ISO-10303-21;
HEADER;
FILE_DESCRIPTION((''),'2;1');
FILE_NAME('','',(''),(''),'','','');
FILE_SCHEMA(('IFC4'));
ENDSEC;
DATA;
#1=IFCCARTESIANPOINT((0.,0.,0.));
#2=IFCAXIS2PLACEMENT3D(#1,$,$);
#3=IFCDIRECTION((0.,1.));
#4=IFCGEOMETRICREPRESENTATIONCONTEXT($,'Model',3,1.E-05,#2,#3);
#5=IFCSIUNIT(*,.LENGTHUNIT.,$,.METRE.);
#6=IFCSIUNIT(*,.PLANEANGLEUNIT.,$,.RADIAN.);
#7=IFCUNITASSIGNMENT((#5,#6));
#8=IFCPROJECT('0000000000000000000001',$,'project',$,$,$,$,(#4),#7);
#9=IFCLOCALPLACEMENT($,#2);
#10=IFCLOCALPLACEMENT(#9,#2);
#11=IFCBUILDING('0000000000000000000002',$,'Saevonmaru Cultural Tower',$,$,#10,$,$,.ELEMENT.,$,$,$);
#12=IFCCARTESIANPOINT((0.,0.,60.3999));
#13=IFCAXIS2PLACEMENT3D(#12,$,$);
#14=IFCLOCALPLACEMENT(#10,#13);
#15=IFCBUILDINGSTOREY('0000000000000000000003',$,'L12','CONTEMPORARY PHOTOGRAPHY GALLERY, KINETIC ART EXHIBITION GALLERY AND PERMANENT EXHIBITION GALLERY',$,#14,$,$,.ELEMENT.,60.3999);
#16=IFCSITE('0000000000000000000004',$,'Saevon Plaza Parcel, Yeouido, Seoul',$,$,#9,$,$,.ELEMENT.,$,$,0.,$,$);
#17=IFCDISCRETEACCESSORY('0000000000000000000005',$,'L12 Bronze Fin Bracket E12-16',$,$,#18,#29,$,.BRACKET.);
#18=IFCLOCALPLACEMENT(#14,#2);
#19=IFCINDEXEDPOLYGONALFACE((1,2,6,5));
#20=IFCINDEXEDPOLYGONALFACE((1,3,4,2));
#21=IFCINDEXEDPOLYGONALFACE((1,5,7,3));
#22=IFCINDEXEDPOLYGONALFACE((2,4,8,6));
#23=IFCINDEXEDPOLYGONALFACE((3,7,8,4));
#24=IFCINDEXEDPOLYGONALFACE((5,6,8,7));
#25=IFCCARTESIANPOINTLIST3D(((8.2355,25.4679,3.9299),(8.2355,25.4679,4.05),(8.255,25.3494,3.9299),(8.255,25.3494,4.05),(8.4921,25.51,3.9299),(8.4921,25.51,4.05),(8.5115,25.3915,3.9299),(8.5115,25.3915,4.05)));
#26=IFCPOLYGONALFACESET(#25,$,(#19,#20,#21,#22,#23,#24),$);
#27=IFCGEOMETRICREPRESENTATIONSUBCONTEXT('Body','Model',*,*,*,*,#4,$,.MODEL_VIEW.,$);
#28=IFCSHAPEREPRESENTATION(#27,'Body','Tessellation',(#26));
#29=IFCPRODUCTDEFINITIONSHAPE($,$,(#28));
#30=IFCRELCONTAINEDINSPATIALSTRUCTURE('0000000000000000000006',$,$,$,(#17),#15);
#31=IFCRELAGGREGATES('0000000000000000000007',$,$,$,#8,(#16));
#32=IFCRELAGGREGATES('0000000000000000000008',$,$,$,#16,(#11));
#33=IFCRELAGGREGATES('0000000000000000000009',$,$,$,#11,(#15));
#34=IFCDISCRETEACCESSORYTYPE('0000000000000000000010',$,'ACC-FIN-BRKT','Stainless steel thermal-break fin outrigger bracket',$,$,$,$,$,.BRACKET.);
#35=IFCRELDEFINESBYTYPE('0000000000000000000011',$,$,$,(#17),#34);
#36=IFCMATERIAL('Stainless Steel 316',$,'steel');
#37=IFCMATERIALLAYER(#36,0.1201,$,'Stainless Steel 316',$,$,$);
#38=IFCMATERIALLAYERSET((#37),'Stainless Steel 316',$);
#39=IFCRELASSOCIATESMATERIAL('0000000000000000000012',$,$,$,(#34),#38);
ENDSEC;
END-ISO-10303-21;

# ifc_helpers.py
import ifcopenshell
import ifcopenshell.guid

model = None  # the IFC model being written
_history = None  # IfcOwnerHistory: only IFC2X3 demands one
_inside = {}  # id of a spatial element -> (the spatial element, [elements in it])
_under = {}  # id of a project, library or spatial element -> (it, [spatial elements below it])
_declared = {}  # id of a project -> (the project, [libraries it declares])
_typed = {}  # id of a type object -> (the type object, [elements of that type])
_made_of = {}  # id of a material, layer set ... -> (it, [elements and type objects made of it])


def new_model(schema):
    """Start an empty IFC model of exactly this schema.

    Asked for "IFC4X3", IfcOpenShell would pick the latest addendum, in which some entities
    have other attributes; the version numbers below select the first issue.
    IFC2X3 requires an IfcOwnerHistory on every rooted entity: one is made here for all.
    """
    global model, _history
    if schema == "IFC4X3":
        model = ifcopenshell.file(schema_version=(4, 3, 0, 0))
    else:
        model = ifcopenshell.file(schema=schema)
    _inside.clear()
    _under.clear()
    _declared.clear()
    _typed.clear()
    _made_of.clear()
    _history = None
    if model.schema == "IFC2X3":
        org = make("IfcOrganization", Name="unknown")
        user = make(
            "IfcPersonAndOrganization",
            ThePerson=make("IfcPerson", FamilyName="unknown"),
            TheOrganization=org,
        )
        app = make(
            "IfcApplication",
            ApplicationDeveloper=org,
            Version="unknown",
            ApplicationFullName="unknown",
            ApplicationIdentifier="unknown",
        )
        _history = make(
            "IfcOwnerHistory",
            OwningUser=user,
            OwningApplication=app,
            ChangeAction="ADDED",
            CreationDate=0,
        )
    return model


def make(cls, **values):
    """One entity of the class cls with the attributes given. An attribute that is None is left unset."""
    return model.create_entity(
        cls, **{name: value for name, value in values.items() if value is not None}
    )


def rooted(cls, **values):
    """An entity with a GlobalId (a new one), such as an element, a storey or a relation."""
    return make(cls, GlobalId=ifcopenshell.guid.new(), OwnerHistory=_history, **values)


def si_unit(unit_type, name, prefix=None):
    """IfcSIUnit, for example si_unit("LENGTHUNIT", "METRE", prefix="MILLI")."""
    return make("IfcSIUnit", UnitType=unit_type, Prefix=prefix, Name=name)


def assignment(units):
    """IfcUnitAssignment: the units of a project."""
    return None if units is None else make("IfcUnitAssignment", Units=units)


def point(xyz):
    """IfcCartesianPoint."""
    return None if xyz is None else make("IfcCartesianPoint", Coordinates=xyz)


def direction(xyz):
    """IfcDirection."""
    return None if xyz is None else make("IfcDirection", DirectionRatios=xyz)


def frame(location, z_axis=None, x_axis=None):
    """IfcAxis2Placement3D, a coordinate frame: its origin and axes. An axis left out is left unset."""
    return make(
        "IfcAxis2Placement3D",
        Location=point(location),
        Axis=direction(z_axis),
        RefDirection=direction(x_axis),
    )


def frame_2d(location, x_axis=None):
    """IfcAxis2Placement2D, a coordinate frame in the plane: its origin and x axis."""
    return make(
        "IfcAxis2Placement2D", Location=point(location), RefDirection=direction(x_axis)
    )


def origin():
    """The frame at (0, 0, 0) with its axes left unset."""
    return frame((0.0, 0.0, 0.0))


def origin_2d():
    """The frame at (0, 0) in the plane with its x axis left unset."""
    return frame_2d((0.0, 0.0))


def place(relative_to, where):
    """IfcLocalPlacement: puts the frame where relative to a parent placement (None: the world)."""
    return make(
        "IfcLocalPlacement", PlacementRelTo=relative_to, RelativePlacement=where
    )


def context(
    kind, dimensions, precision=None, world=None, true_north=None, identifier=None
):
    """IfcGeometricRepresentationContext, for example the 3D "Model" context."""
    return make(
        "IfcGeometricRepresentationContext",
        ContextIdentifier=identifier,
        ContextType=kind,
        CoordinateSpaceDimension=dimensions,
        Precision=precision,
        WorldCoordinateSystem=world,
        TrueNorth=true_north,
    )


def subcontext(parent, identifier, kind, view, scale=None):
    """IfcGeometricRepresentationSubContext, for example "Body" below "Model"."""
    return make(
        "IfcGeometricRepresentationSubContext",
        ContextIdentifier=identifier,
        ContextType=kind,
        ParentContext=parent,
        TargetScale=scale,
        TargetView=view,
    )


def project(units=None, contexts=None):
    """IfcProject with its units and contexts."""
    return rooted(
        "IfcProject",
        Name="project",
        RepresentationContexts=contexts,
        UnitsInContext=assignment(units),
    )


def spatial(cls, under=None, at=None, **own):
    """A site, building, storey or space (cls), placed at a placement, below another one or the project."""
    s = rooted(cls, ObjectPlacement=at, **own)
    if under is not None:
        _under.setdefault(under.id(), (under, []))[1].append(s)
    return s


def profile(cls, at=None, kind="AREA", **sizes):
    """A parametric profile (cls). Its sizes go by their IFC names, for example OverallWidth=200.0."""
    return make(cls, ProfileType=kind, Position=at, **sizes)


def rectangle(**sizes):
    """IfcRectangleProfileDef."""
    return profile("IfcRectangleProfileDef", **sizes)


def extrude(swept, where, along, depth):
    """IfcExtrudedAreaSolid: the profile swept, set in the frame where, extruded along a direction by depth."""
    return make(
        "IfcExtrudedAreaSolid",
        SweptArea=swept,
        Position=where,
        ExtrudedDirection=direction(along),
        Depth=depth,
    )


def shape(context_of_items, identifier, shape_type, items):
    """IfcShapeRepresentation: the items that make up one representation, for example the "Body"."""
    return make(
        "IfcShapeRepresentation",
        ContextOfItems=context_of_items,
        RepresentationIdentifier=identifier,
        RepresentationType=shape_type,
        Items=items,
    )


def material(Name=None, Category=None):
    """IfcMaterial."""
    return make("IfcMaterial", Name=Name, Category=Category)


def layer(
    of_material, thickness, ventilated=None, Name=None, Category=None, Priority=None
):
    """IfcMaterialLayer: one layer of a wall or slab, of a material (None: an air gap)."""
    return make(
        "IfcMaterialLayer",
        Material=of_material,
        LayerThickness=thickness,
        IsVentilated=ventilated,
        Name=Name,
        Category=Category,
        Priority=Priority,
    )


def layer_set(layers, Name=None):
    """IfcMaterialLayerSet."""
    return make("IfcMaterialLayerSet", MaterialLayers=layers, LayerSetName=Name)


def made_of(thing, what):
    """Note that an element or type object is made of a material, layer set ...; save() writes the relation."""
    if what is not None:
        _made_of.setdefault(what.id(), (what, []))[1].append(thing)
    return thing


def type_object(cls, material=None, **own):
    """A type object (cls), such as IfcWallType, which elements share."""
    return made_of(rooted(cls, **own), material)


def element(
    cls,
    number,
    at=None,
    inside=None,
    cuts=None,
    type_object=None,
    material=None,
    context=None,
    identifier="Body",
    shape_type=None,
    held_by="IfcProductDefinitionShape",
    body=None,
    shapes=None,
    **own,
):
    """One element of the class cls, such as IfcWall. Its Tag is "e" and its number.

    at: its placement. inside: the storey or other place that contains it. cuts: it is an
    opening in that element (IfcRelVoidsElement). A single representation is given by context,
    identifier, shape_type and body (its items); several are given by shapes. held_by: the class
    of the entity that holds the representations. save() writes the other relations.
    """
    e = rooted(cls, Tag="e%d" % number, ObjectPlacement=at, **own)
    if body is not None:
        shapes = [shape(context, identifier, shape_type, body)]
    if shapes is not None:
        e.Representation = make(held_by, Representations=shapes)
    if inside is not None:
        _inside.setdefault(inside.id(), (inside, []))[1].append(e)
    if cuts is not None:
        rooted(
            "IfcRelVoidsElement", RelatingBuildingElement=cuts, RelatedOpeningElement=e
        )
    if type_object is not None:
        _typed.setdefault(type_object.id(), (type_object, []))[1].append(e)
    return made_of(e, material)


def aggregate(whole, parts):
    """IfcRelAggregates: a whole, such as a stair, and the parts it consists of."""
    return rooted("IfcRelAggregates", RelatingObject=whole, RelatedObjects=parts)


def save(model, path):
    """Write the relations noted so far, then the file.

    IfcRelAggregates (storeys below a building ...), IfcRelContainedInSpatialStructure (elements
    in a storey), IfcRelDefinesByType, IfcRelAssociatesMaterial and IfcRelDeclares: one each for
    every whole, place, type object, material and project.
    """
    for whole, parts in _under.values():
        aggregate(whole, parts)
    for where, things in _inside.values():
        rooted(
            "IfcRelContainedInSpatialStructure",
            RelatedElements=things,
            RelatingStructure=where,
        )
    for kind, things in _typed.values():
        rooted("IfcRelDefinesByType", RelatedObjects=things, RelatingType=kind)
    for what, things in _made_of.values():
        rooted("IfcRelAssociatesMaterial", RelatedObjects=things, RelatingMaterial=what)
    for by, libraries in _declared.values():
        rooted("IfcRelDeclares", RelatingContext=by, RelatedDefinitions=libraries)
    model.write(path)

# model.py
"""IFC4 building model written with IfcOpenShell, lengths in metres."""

from ifc_helpers import new_model, si_unit, direction, frame, origin, origin_2d, place, context, subcontext, project, spatial, rectangle, extrude, material, layer, layer_set, type_object, element, save


model = new_model("IFC4")

# Units and contexts
model_context = context("Model", 3, precision=1e-05, world=origin(), true_north=direction((0.0, 1.0)))
body_context = subcontext(model_context, "Body", "Model", "MODEL_VIEW")
ifc_project = project(units=[si_unit("LENGTHUNIT", "METRE"), si_unit("PLANEANGLEUNIT", "RADIAN")], contexts=[model_context])

# Site, building, storey
site_placement = place(None, origin())
site = spatial("IfcSite", under=ifc_project, at=site_placement, Name="Saevon Plaza Parcel, Yeouido, Seoul", CompositionType="ELEMENT", RefElevation=0.0)
building_placement = place(site_placement, origin())
building = spatial("IfcBuilding", under=site, at=building_placement, Name="Saevonmaru Cultural Tower", CompositionType="ELEMENT")
storey_placement = place(building_placement, frame((0.0, 0.0, 60.3999)))
storey = spatial("IfcBuildingStorey", under=building, at=storey_placement, Name="L12", Description="CONTEMPORARY PHOTOGRAPHY GALLERY, KINETIC ART EXHIBITION GALLERY AND PERMANENT EXHIBITION GALLERY", CompositionType="ELEMENT", Elevation=60.3999)

# Discrete accessory
ifc_material_1 = material(Name="Stainless Steel 316", Category="steel")
ifc_layer_1 = layer(ifc_material_1, 0.1201, Name="Stainless Steel 316")
ifc_layer_set_1 = layer_set([ifc_layer_1], Name="Stainless Steel 316")
discrete_accessory_type = type_object("IfcDiscreteAccessoryType", Name="ACC-FIN-BRKT", Description="Stainless steel thermal-break fin outrigger bracket", PredefinedType="BRACKET", material=ifc_layer_set_1)
for number, where, z_axis, x_axis, name in (
    (1, (8.3735, 25.4297, 3.9299), (0.0, 0.0, 1.0), (-0.986827, -0.161776, 0.0), "L12 Bronze Fin Bracket E12-16"),
):
    element("IfcDiscreteAccessory", number, at=place(storey_placement, frame(where, z_axis=z_axis, x_axis=x_axis)), inside=storey, type_object=discrete_accessory_type, Name=name, PredefinedType="BRACKET", context=body_context, shape_type="SweptSolid", body=[
        extrude(rectangle(XDim=0.26, YDim=0.1201, at=origin_2d()), origin(), (0.0, 0.0, 1.0), 0.1201),
    ])

save(model, "model.ifc")
